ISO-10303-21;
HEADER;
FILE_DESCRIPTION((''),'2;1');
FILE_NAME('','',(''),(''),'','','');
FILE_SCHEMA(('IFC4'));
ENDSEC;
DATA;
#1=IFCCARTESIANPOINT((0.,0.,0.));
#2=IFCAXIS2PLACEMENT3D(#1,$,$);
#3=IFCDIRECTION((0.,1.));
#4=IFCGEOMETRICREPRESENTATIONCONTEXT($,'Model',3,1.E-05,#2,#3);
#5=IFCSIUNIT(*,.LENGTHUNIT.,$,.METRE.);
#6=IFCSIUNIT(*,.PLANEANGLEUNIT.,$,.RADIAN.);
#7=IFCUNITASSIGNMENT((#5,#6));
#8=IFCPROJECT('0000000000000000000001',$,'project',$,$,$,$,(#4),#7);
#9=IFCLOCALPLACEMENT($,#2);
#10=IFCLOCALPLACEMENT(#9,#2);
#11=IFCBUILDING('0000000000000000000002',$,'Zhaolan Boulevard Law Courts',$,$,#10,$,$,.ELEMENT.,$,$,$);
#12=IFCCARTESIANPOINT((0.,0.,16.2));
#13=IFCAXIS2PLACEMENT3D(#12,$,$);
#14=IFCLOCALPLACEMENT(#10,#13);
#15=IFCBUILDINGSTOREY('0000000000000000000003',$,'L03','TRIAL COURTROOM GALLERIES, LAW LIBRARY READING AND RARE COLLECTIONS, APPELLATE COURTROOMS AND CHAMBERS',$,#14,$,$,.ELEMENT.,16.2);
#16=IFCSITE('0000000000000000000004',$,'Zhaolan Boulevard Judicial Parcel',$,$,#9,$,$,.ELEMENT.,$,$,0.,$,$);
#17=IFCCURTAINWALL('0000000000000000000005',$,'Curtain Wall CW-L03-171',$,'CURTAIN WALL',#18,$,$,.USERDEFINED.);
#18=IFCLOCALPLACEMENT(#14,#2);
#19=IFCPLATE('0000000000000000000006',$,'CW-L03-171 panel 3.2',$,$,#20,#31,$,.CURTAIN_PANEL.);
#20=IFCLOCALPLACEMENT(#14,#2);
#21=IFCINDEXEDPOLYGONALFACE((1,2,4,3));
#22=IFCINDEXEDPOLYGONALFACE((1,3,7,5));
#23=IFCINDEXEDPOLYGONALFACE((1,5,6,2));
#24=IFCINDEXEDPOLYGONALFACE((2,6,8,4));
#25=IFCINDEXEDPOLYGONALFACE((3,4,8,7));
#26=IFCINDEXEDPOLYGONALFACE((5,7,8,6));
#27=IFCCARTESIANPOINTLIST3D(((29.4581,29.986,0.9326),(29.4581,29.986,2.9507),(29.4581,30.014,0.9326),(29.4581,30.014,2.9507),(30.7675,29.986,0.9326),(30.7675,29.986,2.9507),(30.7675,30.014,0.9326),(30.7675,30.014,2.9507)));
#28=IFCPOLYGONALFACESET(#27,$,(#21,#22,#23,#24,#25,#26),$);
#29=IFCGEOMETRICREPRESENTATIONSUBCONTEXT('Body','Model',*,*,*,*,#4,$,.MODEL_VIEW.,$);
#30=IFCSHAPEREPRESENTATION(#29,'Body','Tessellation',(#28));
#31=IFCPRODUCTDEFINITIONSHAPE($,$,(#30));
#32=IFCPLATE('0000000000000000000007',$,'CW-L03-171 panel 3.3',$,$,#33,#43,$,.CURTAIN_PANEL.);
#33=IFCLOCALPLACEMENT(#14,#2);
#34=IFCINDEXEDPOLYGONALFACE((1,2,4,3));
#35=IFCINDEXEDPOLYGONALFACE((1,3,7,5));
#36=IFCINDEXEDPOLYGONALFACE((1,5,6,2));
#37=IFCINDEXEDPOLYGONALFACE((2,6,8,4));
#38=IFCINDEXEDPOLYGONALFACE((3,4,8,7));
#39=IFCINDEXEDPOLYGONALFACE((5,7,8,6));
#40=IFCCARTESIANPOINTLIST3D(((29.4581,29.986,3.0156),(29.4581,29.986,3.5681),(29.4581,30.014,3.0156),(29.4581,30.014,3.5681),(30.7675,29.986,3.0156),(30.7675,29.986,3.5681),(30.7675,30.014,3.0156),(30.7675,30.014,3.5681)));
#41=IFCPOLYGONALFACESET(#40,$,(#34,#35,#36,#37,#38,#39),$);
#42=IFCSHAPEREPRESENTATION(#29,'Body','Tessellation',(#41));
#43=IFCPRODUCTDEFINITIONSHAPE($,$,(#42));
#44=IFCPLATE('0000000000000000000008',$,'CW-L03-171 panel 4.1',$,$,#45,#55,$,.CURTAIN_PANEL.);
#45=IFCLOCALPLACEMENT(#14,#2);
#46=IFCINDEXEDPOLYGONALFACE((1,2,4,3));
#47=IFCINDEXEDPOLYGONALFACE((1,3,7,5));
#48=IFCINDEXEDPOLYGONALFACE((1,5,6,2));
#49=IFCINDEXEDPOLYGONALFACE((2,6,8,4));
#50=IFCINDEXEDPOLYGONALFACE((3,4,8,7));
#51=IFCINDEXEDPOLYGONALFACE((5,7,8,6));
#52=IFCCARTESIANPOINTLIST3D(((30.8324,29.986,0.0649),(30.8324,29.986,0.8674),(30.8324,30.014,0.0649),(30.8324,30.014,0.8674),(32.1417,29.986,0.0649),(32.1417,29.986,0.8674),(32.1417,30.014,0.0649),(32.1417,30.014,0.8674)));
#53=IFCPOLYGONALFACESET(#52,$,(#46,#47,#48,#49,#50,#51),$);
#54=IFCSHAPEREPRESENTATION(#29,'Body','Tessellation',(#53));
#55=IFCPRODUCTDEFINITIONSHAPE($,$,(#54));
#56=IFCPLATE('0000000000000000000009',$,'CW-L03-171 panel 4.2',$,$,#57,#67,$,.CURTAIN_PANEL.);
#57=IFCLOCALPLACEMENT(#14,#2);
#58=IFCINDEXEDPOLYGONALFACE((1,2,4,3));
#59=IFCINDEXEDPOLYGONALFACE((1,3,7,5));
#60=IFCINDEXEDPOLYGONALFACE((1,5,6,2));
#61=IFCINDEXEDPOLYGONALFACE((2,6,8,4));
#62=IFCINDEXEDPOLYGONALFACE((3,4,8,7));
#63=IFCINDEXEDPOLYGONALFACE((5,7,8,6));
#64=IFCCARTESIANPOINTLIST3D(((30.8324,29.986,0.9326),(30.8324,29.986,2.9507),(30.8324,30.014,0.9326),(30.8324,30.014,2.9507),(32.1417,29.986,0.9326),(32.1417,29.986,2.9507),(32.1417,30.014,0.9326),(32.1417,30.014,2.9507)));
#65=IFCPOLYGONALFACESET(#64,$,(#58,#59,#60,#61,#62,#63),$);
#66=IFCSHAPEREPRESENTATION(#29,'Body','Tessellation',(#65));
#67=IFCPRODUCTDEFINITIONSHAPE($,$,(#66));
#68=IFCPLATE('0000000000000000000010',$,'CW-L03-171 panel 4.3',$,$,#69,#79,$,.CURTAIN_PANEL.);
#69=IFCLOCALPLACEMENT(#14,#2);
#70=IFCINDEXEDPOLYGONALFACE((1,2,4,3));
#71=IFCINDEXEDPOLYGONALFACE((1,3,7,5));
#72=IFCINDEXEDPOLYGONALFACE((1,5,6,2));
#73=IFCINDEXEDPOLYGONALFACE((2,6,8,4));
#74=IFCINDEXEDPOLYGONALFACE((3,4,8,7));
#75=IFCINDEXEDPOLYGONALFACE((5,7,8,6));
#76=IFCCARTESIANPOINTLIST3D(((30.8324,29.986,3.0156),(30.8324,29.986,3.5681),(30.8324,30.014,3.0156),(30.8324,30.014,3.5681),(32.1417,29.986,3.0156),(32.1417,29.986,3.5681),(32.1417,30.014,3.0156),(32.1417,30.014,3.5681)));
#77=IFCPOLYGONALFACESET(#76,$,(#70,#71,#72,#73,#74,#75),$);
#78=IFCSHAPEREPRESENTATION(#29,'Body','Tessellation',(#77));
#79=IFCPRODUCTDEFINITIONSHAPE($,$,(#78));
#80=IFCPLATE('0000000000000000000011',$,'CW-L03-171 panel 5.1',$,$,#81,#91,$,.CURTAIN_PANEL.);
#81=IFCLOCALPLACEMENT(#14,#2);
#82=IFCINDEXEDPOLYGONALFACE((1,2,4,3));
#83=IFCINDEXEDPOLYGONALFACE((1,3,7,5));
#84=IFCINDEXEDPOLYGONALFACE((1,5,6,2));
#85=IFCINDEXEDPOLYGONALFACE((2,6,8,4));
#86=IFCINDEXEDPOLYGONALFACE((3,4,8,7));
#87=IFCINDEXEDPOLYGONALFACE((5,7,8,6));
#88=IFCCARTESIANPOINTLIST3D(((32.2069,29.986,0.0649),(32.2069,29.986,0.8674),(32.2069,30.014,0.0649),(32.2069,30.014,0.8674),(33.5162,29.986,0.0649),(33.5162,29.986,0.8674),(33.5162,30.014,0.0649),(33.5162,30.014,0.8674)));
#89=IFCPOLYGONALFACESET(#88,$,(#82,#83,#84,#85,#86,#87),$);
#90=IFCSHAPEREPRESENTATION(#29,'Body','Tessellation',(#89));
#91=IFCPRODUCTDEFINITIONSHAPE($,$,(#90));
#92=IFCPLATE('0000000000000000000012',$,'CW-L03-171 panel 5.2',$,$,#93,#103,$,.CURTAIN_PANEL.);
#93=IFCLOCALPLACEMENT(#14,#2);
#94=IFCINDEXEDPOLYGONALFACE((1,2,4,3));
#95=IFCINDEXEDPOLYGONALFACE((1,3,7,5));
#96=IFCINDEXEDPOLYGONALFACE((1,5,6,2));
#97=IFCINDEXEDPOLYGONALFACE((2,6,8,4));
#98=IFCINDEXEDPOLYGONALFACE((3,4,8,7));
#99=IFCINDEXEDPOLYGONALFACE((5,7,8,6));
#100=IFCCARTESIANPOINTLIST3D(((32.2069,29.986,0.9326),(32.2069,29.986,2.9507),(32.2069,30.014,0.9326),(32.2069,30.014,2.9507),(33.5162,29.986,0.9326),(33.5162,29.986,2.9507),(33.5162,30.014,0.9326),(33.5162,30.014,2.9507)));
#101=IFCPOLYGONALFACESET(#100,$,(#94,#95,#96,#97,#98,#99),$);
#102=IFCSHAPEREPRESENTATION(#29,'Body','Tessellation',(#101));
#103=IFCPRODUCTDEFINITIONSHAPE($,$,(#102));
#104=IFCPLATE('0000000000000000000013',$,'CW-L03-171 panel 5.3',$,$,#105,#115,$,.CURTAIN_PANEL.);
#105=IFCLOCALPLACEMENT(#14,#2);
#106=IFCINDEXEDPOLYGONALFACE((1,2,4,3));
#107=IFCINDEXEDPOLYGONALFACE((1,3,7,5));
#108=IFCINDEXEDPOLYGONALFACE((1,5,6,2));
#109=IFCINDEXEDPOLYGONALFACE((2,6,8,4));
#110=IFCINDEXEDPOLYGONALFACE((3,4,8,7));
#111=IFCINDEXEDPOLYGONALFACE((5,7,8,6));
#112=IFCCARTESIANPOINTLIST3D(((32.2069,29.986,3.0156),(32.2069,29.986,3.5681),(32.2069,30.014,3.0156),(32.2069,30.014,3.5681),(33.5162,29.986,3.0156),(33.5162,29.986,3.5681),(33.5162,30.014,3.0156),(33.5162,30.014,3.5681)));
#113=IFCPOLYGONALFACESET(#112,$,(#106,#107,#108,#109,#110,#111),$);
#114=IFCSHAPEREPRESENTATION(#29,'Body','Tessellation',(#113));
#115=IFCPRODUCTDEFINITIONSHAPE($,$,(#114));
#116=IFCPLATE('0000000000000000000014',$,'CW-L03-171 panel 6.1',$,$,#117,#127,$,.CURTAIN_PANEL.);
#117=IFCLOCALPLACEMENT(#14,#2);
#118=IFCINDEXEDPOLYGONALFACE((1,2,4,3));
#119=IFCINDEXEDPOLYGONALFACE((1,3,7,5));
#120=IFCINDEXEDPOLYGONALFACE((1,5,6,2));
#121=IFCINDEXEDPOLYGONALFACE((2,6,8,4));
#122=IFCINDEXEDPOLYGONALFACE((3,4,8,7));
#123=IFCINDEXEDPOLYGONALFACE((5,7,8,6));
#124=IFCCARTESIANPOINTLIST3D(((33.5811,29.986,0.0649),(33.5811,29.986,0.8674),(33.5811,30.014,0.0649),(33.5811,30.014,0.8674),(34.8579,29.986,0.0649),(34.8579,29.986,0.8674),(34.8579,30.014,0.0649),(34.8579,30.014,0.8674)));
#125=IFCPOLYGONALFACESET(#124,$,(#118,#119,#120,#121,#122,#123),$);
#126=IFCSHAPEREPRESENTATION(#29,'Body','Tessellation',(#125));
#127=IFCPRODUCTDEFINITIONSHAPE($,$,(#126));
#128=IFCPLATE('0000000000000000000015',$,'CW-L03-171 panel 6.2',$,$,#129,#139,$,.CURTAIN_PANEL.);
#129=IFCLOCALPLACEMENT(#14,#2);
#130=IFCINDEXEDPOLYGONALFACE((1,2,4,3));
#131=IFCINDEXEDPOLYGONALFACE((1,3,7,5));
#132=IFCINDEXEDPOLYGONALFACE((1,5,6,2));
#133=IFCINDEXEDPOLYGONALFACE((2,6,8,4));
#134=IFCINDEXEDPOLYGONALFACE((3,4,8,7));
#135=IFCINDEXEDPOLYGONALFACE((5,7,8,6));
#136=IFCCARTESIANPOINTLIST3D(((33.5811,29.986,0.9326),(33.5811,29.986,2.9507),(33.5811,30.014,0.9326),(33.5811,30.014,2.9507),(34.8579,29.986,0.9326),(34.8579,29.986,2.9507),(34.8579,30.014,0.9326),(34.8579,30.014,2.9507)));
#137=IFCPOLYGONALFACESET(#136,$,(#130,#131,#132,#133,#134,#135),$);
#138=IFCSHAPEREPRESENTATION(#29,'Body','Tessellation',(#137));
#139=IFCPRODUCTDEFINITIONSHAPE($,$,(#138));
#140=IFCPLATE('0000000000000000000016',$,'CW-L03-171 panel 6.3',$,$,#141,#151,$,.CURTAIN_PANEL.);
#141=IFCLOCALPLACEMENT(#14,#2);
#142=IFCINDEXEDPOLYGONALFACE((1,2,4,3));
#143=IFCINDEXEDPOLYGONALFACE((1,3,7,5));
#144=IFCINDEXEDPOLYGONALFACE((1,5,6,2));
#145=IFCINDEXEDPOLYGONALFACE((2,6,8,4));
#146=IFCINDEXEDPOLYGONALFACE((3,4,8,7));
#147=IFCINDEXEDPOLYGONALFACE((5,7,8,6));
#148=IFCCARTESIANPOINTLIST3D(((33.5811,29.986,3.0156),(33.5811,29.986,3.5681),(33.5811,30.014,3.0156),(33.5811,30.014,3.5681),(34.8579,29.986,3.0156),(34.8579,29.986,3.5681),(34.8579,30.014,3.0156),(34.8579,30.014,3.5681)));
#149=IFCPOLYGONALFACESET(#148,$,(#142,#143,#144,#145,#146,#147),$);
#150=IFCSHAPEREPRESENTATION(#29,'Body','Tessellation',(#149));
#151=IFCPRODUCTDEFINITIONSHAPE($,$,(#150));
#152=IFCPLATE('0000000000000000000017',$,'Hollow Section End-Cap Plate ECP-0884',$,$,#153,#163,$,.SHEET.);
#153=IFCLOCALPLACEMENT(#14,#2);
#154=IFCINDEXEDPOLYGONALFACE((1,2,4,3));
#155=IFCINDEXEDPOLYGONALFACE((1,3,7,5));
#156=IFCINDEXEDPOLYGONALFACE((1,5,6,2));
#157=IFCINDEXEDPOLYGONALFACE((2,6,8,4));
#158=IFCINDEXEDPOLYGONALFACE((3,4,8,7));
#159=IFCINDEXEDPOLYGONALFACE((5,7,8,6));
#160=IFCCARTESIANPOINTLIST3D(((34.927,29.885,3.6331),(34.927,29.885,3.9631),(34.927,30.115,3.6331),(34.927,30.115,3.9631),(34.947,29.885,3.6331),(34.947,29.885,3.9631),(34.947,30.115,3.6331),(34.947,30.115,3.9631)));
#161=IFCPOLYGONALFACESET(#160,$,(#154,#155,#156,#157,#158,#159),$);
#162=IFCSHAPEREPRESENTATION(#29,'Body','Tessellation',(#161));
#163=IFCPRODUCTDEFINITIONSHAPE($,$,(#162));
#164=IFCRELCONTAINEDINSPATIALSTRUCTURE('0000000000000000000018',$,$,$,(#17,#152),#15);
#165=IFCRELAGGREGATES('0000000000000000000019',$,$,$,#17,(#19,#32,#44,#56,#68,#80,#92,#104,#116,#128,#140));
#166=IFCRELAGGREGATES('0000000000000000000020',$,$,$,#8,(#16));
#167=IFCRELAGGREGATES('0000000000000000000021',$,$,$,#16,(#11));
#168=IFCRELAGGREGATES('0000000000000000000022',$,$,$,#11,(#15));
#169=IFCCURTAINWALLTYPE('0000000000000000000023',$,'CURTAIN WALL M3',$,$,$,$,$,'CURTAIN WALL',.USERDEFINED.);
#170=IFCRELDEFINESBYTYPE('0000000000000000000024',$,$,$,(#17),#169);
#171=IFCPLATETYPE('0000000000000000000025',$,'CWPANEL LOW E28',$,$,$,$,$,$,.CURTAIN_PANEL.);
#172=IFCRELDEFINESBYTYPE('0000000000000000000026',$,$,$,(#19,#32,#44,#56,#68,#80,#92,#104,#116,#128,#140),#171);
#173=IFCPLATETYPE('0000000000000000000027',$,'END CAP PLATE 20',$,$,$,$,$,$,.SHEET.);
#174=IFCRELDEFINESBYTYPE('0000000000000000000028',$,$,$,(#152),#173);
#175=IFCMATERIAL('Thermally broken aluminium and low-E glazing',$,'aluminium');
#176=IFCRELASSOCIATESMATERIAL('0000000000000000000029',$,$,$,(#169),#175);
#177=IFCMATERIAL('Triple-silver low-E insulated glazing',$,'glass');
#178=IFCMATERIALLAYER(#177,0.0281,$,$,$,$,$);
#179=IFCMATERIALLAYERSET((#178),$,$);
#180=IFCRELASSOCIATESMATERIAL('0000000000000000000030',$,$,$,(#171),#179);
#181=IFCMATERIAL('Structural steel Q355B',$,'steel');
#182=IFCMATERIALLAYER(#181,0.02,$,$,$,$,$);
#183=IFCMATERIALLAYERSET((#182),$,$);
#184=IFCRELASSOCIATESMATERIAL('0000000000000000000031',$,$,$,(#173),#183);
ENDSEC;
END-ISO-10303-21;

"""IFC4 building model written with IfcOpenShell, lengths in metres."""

from ifc_helpers import new_model, si_unit, direction, frame, origin, origin_2d, place, context, subcontext, project, spatial, rectangle, extrude, material, layer, layer_set, type_object, element, aggregate, save


model = new_model("IFC4")

# Units and contexts
model_context = context("Model", 3, precision=1e-05, world=origin(), true_north=direction((0.0, 1.0)))
body_context = subcontext(model_context, "Body", "Model", "MODEL_VIEW")
ifc_project = project(units=[si_unit("LENGTHUNIT", "METRE"), si_unit("PLANEANGLEUNIT", "RADIAN")], contexts=[model_context])

# Site, building, storey
site_placement = place(None, origin())
site = spatial("IfcSite", under=ifc_project, at=site_placement, Name="Zhaolan Boulevard Judicial Parcel", CompositionType="ELEMENT", RefElevation=0.0)
building_placement = place(site_placement, origin())
building = spatial("IfcBuilding", under=site, at=building_placement, Name="Zhaolan Boulevard Law Courts", CompositionType="ELEMENT")
storey_placement = place(building_placement, frame((0.0, 0.0, 16.2)))
storey = spatial("IfcBuildingStorey", under=building, at=storey_placement, Name="L03", Description="TRIAL COURTROOM GALLERIES, LAW LIBRARY READING AND RARE COLLECTIONS, APPELLATE COURTROOMS AND CHAMBERS", CompositionType="ELEMENT", Elevation=16.2)

# Curtain wall
ifc_material_1 = material(Name="Thermally broken aluminium and low-E glazing", Category="aluminium")
curtain_wall_type = type_object("IfcCurtainWallType", Name="CURTAIN WALL M3", ElementType="CURTAIN WALL", PredefinedType="USERDEFINED", material=ifc_material_1)
curtain_wall_placement = place(storey_placement, origin())
curtain_wall = element("IfcCurtainWall", 1, at=curtain_wall_placement, inside=storey, type_object=curtain_wall_type, Name="Curtain Wall CW-L03-171", ObjectType="CURTAIN WALL", PredefinedType="USERDEFINED")

# Plates
ifc_material_2 = material(Name="Triple-silver low-E insulated glazing", Category="glass")
ifc_layer_1 = layer(ifc_material_2, 0.0281)
ifc_layer_set_1 = layer_set([ifc_layer_1])
plate_type_1 = type_object("IfcPlateType", Name="CWPANEL LOW E28", PredefinedType="CURTAIN_PANEL", material=ifc_layer_set_1)
plate_1_placement = place(storey_placement, frame((30.1128, 30.0, 0.9326), z_axis=(0.0, 0.0, 1.0), x_axis=(1.0, 0.0, 0.0)))
plate_1 = element("IfcPlate", 2, at=plate_1_placement, type_object=plate_type_1, Name="CW-L03-171 panel 3.2", PredefinedType="CURTAIN_PANEL", context=body_context, shape_type="SweptSolid", body=[
    extrude(rectangle(XDim=1.3093, YDim=0.0281, at=origin_2d()), origin(), (0.0, 0.0, 1.0), 2.0181),
])
plate_2_placement = place(storey_placement, frame((30.1128, 30.0, 3.0156), z_axis=(0.0, 0.0, 1.0), x_axis=(1.0, 0.0, 0.0)))
plate_2 = element("IfcPlate", 3, at=plate_2_placement, type_object=plate_type_1, Name="CW-L03-171 panel 3.3", PredefinedType="CURTAIN_PANEL", context=body_context, shape_type="SweptSolid", body=[
    extrude(rectangle(XDim=1.3093, YDim=0.0281, at=origin_2d()), origin(), (0.0, 0.0, 1.0), 0.5525),
])
plate_3_placement = place(storey_placement, frame((31.4871, 30.0, 0.0649), z_axis=(0.0, 0.0, 1.0), x_axis=(1.0, 0.0, 0.0)))
plate_3 = element("IfcPlate", 4, at=plate_3_placement, type_object=plate_type_1, Name="CW-L03-171 panel 4.1", PredefinedType="CURTAIN_PANEL", context=body_context, shape_type="SweptSolid", body=[
    extrude(rectangle(XDim=1.3093, YDim=0.0281, at=origin_2d()), origin(), (0.0, 0.0, 1.0), 0.8025),
])
plate_4_placement = place(storey_placement, frame((31.4871, 30.0, 0.9326), z_axis=(0.0, 0.0, 1.0), x_axis=(1.0, 0.0, 0.0)))
plate_4 = element("IfcPlate", 5, at=plate_4_placement, type_object=plate_type_1, Name="CW-L03-171 panel 4.2", PredefinedType="CURTAIN_PANEL", context=body_context, shape_type="SweptSolid", body=[
    extrude(rectangle(XDim=1.3093, YDim=0.0281, at=origin_2d()), origin(), (0.0, 0.0, 1.0), 2.0181),
])
plate_5_placement = place(storey_placement, frame((31.4871, 30.0, 3.0156), z_axis=(0.0, 0.0, 1.0), x_axis=(1.0, 0.0, 0.0)))
plate_5 = element("IfcPlate", 6, at=plate_5_placement, type_object=plate_type_1, Name="CW-L03-171 panel 4.3", PredefinedType="CURTAIN_PANEL", context=body_context, shape_type="SweptSolid", body=[
    extrude(rectangle(XDim=1.3093, YDim=0.0281, at=origin_2d()), origin(), (0.0, 0.0, 1.0), 0.5525),
])
plate_6_placement = place(storey_placement, frame((32.8616, 30.0, 0.0649), z_axis=(0.0, 0.0, 1.0), x_axis=(1.0, 0.0, 0.0)))
plate_6 = element("IfcPlate", 7, at=plate_6_placement, type_object=plate_type_1, Name="CW-L03-171 panel 5.1", PredefinedType="CURTAIN_PANEL", context=body_context, shape_type="SweptSolid", body=[
    extrude(rectangle(XDim=1.3093, YDim=0.0281, at=origin_2d()), origin(), (0.0, 0.0, 1.0), 0.8025),
])
plate_7_placement = place(storey_placement, frame((32.8616, 30.0, 0.9326), z_axis=(0.0, 0.0, 1.0), x_axis=(1.0, 0.0, 0.0)))
plate_7 = element("IfcPlate", 8, at=plate_7_placement, type_object=plate_type_1, Name="CW-L03-171 panel 5.2", PredefinedType="CURTAIN_PANEL", context=body_context, shape_type="SweptSolid", body=[
    extrude(rectangle(XDim=1.3093, YDim=0.0281, at=origin_2d()), origin(), (0.0, 0.0, 1.0), 2.0181),
])
plate_8_placement = place(storey_placement, frame((32.8616, 30.0, 3.0156), z_axis=(0.0, 0.0, 1.0), x_axis=(1.0, 0.0, 0.0)))
plate_8 = element("IfcPlate", 9, at=plate_8_placement, type_object=plate_type_1, Name="CW-L03-171 panel 5.3", PredefinedType="CURTAIN_PANEL", context=body_context, shape_type="SweptSolid", body=[
    extrude(rectangle(XDim=1.3093, YDim=0.0281, at=origin_2d()), origin(), (0.0, 0.0, 1.0), 0.5525),
])
plate_9_placement = place(storey_placement, frame((34.2195, 30.0, 0.0649), z_axis=(0.0, 0.0, 1.0), x_axis=(1.0, 0.0, 0.0)))
plate_9 = element("IfcPlate", 10, at=plate_9_placement, type_object=plate_type_1, Name="CW-L03-171 panel 6.1", PredefinedType="CURTAIN_PANEL", context=body_context, shape_type="SweptSolid", body=[
    extrude(rectangle(XDim=1.2769, YDim=0.0281, at=origin_2d()), origin(), (0.0, 0.0, 1.0), 0.8025),
])
plate_10_placement = place(storey_placement, frame((34.2195, 30.0, 0.9326), z_axis=(0.0, 0.0, 1.0), x_axis=(1.0, 0.0, 0.0)))
plate_10 = element("IfcPlate", 11, at=plate_10_placement, type_object=plate_type_1, Name="CW-L03-171 panel 6.2", PredefinedType="CURTAIN_PANEL", context=body_context, shape_type="SweptSolid", body=[
    extrude(rectangle(XDim=1.2769, YDim=0.0281, at=origin_2d()), origin(), (0.0, 0.0, 1.0), 2.0181),
])
plate_11_placement = place(storey_placement, frame((34.2195, 30.0, 3.0156), z_axis=(0.0, 0.0, 1.0), x_axis=(1.0, 0.0, 0.0)))
plate_11 = element("IfcPlate", 12, at=plate_11_placement, type_object=plate_type_1, Name="CW-L03-171 panel 6.3", PredefinedType="CURTAIN_PANEL", context=body_context, shape_type="SweptSolid", body=[
    extrude(rectangle(XDim=1.2769, YDim=0.0281, at=origin_2d()), origin(), (0.0, 0.0, 1.0), 0.5525),
])
aggregate(curtain_wall, [plate_1, plate_2, plate_3, plate_4, plate_5, plate_6, plate_7, plate_8, plate_9, plate_10, plate_11])
ifc_material_3 = material(Name="Structural steel Q355B", Category="steel")
ifc_layer_2 = layer(ifc_material_3, 0.02)
ifc_layer_set_2 = layer_set([ifc_layer_2])
plate_type_2 = type_object("IfcPlateType", Name="END CAP PLATE 20", PredefinedType="SHEET", material=ifc_layer_set_2)
plate_12_placement = place(storey_placement, frame((34.937, 30.0, 3.6331), z_axis=(0.0, 0.0, 1.0), x_axis=(1.0, 0.0, 0.0)))
element("IfcPlate", 13, at=plate_12_placement, inside=storey, type_object=plate_type_2, Name="Hollow Section End-Cap Plate ECP-0884", PredefinedType="SHEET", context=body_context, shape_type="SweptSolid", body=[
    extrude(rectangle(XDim=0.02, YDim=0.23, at=origin_2d()), origin(), (0.0, 0.0, 1.0), 0.3301),
])

save(model, "model.ifc")
